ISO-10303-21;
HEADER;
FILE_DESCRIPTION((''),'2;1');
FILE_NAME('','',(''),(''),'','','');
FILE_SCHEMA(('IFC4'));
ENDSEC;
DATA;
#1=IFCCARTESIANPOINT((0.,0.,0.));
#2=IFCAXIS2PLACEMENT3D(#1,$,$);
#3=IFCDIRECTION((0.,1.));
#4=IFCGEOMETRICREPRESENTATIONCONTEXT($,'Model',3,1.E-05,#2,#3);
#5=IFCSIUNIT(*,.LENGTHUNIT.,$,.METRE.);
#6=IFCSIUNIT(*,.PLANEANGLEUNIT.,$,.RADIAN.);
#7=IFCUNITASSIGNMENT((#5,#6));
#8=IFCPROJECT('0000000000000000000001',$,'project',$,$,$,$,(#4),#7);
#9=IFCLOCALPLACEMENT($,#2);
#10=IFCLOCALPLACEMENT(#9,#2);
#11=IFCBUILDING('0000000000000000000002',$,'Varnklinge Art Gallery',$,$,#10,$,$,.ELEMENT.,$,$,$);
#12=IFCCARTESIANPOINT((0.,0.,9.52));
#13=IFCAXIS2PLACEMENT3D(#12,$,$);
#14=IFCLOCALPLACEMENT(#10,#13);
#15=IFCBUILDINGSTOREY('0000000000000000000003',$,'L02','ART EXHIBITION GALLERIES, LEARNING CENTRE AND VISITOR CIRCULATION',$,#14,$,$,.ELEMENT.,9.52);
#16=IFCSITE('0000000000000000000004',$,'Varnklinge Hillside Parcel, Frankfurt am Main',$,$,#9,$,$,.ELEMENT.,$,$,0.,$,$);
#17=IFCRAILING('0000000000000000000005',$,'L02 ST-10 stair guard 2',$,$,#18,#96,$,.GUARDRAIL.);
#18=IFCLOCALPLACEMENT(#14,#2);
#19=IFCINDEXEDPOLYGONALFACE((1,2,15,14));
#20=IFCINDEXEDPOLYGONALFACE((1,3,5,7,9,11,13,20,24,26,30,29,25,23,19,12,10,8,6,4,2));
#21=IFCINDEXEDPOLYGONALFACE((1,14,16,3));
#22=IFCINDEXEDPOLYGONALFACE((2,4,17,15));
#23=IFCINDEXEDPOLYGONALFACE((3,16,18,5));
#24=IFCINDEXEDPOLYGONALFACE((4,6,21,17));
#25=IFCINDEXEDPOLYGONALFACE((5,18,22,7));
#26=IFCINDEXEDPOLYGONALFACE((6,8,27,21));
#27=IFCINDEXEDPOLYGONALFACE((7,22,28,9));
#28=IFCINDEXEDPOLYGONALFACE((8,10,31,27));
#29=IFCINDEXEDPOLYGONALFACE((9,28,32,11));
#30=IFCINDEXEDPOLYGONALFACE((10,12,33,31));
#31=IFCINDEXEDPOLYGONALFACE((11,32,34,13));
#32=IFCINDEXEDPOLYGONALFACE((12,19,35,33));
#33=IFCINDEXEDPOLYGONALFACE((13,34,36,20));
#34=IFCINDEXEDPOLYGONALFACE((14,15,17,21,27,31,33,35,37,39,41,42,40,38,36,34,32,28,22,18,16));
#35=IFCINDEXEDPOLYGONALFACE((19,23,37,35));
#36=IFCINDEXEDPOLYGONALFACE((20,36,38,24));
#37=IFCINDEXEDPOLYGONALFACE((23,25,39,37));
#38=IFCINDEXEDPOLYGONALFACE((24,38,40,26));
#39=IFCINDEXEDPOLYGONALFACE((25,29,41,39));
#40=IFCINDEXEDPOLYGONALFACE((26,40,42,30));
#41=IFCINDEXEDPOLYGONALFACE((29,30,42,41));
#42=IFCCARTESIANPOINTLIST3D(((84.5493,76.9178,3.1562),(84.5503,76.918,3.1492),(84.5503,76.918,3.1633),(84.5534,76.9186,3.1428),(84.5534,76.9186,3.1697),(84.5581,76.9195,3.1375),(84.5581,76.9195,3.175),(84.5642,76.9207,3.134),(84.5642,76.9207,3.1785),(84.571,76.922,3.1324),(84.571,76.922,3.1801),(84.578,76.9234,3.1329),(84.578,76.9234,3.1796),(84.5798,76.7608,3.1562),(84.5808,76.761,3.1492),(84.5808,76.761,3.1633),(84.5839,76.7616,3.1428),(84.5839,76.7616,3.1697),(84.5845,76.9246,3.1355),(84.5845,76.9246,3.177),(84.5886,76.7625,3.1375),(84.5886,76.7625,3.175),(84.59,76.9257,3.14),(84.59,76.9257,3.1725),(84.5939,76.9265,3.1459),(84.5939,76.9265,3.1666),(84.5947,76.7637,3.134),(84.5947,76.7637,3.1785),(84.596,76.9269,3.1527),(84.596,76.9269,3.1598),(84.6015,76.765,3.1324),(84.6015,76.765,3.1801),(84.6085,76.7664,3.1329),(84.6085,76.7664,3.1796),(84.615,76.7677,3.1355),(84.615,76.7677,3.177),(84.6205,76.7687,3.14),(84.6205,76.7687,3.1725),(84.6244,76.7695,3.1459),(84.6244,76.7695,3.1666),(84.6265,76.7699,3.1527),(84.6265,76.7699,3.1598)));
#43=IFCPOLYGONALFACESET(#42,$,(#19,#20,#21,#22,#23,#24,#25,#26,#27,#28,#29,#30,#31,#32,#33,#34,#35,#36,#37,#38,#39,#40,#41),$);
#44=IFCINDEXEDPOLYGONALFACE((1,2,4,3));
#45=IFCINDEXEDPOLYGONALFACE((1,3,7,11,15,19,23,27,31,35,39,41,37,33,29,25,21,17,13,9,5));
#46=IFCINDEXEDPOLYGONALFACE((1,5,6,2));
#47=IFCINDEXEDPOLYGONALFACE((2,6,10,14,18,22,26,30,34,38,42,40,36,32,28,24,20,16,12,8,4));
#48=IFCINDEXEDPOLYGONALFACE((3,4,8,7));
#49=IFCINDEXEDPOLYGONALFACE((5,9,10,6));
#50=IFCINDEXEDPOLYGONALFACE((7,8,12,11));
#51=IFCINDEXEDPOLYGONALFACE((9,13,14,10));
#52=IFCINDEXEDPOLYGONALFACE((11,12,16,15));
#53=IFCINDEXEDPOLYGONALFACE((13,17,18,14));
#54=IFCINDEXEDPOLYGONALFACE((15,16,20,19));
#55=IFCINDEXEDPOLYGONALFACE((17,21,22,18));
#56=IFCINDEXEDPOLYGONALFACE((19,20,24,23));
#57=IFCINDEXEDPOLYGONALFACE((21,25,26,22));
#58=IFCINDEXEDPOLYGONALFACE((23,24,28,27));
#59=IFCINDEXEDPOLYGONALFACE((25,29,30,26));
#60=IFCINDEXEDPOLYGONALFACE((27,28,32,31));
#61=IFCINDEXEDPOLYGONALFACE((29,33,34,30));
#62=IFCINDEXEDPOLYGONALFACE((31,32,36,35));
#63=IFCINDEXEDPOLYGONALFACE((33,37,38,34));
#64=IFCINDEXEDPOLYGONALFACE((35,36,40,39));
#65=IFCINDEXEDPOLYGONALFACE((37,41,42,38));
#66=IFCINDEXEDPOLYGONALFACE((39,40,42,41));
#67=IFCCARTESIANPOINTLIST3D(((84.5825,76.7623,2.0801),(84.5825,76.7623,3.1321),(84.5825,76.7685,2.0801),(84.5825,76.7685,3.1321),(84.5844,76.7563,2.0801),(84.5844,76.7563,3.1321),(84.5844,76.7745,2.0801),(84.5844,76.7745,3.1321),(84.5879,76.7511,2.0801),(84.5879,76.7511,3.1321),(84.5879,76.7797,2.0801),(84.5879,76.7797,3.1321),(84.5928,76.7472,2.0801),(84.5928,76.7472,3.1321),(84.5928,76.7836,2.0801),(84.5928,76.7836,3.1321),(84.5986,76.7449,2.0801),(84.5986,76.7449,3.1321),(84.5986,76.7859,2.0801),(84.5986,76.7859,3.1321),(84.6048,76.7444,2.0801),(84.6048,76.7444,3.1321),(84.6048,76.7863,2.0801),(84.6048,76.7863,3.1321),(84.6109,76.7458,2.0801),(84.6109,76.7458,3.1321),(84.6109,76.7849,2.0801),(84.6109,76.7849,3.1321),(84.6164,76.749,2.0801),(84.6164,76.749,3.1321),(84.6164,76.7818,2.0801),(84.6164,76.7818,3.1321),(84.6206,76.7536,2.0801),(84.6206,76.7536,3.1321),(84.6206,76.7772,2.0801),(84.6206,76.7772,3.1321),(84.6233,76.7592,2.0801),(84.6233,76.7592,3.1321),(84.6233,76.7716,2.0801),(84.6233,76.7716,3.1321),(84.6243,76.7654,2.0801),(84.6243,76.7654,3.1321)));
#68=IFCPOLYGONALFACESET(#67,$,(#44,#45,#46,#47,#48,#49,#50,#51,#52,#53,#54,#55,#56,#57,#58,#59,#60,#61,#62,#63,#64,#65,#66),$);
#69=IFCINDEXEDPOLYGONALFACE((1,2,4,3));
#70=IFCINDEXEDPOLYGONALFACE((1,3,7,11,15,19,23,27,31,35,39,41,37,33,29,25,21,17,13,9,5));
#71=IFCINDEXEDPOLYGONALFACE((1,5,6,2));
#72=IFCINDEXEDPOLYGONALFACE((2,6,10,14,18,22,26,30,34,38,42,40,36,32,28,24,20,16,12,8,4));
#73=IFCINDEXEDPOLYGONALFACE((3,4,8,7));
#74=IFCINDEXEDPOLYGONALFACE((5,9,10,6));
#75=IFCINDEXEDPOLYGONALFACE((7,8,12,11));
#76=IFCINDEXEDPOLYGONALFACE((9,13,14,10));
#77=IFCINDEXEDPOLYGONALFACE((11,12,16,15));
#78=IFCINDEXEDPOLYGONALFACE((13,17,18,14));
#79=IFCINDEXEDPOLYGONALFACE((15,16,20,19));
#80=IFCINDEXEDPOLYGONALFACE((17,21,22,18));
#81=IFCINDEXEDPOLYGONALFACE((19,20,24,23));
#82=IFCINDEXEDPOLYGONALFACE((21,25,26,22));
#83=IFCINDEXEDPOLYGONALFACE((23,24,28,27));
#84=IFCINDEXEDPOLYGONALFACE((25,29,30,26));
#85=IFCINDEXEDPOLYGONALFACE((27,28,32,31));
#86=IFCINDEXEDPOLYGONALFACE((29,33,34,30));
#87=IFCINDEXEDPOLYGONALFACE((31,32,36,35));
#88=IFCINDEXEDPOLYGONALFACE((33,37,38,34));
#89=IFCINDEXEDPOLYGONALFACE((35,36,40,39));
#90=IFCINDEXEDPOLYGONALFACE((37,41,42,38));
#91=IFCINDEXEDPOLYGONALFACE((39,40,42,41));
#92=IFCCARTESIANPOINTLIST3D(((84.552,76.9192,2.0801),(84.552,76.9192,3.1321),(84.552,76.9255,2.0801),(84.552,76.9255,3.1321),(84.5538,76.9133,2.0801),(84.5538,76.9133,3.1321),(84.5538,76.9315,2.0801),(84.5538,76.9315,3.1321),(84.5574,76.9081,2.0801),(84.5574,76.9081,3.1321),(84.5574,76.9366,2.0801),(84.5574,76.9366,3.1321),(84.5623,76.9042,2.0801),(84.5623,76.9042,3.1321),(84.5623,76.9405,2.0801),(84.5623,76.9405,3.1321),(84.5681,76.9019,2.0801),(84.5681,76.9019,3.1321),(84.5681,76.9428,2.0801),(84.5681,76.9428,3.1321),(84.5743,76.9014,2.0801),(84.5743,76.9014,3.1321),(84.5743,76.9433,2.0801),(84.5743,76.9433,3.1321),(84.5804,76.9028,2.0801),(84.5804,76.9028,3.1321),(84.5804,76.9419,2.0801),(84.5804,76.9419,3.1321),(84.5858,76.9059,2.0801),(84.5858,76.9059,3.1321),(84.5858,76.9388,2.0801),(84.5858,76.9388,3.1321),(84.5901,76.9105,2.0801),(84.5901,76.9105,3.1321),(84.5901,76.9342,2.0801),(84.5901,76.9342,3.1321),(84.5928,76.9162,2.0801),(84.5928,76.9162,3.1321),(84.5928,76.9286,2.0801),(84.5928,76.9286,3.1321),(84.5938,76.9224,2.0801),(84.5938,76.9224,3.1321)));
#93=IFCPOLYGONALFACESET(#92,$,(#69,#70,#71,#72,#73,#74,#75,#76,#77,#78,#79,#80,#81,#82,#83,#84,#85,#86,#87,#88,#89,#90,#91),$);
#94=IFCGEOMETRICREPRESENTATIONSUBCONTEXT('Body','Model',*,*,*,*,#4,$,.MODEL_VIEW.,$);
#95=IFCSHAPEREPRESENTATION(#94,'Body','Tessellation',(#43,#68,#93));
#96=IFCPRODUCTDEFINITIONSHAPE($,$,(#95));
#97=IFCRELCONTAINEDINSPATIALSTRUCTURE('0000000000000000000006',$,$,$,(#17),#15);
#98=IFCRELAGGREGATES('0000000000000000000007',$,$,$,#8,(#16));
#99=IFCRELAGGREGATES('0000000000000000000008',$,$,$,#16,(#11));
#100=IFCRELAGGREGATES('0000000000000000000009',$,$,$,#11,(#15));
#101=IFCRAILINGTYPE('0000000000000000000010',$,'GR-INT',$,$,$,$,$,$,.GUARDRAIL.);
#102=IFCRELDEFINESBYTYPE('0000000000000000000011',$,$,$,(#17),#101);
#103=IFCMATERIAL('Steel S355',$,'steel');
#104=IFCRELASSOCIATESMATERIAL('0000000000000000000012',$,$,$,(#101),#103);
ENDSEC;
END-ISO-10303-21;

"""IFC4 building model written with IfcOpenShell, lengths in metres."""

from ifc_helpers import new_model, si_unit, direction, frame, origin, origin_2d, place, context, subcontext, project, spatial, circle, extrude, material, type_object, element, save


model = new_model("IFC4")

# Units and contexts
model_context = context("Model", 3, precision=1e-05, world=origin(), true_north=direction((0.0, 1.0)))
body_context = subcontext(model_context, "Body", "Model", "MODEL_VIEW")
ifc_project = project(units=[si_unit("LENGTHUNIT", "METRE"), si_unit("PLANEANGLEUNIT", "RADIAN")], contexts=[model_context])

# Site, building, storey
site_placement = place(None, origin())
site = spatial("IfcSite", under=ifc_project, at=site_placement, Name="Varnklinge Hillside Parcel, Frankfurt am Main", CompositionType="ELEMENT", RefElevation=0.0)
building_placement = place(site_placement, origin())
building = spatial("IfcBuilding", under=site, at=building_placement, Name="Varnklinge Art Gallery", CompositionType="ELEMENT")
storey_placement = place(building_placement, frame((0.0, 0.0, 9.52)))
storey = spatial("IfcBuildingStorey", under=building, at=storey_placement, Name="L02", Description="ART EXHIBITION GALLERIES, LEARNING CENTRE AND VISITOR CIRCULATION", CompositionType="ELEMENT", Elevation=9.52)

# Railing
ifc_material_1 = material(Name="Steel S355", Category="steel")
railing_type_1 = type_object("IfcRailingType", Name="GR-INT", PredefinedType="GUARDRAIL", material=ifc_material_1)
railing_1_placement = place(storey_placement, frame((84.6033, 76.7654, 2.0801)))
element("IfcRailing", 1, at=railing_1_placement, inside=storey, type_object=railing_type_1, Name="L02 ST-10 stair guard 2", PredefinedType="GUARDRAIL", context=body_context, shape_type="SweptSolid", body=[
    extrude(circle(Radius=0.0239, at=origin_2d()), frame((0.0, 0.0, 1.0762), z_axis=(-0.190829, 0.981623, 0.0), x_axis=(-0.981623, -0.190829, 0.0)), (0.0, 0.0, 1.0), 0.1599),
    extrude(circle(Radius=0.021, at=origin_2d()), origin(), (0.0, 0.0, 1.0), 1.052),
    extrude(circle(Radius=0.021, at=origin_2d()), frame((-0.0305, 0.157, 0.0)), (0.0, 0.0, 1.0), 1.052),
])

save(model, "model.ifc")
